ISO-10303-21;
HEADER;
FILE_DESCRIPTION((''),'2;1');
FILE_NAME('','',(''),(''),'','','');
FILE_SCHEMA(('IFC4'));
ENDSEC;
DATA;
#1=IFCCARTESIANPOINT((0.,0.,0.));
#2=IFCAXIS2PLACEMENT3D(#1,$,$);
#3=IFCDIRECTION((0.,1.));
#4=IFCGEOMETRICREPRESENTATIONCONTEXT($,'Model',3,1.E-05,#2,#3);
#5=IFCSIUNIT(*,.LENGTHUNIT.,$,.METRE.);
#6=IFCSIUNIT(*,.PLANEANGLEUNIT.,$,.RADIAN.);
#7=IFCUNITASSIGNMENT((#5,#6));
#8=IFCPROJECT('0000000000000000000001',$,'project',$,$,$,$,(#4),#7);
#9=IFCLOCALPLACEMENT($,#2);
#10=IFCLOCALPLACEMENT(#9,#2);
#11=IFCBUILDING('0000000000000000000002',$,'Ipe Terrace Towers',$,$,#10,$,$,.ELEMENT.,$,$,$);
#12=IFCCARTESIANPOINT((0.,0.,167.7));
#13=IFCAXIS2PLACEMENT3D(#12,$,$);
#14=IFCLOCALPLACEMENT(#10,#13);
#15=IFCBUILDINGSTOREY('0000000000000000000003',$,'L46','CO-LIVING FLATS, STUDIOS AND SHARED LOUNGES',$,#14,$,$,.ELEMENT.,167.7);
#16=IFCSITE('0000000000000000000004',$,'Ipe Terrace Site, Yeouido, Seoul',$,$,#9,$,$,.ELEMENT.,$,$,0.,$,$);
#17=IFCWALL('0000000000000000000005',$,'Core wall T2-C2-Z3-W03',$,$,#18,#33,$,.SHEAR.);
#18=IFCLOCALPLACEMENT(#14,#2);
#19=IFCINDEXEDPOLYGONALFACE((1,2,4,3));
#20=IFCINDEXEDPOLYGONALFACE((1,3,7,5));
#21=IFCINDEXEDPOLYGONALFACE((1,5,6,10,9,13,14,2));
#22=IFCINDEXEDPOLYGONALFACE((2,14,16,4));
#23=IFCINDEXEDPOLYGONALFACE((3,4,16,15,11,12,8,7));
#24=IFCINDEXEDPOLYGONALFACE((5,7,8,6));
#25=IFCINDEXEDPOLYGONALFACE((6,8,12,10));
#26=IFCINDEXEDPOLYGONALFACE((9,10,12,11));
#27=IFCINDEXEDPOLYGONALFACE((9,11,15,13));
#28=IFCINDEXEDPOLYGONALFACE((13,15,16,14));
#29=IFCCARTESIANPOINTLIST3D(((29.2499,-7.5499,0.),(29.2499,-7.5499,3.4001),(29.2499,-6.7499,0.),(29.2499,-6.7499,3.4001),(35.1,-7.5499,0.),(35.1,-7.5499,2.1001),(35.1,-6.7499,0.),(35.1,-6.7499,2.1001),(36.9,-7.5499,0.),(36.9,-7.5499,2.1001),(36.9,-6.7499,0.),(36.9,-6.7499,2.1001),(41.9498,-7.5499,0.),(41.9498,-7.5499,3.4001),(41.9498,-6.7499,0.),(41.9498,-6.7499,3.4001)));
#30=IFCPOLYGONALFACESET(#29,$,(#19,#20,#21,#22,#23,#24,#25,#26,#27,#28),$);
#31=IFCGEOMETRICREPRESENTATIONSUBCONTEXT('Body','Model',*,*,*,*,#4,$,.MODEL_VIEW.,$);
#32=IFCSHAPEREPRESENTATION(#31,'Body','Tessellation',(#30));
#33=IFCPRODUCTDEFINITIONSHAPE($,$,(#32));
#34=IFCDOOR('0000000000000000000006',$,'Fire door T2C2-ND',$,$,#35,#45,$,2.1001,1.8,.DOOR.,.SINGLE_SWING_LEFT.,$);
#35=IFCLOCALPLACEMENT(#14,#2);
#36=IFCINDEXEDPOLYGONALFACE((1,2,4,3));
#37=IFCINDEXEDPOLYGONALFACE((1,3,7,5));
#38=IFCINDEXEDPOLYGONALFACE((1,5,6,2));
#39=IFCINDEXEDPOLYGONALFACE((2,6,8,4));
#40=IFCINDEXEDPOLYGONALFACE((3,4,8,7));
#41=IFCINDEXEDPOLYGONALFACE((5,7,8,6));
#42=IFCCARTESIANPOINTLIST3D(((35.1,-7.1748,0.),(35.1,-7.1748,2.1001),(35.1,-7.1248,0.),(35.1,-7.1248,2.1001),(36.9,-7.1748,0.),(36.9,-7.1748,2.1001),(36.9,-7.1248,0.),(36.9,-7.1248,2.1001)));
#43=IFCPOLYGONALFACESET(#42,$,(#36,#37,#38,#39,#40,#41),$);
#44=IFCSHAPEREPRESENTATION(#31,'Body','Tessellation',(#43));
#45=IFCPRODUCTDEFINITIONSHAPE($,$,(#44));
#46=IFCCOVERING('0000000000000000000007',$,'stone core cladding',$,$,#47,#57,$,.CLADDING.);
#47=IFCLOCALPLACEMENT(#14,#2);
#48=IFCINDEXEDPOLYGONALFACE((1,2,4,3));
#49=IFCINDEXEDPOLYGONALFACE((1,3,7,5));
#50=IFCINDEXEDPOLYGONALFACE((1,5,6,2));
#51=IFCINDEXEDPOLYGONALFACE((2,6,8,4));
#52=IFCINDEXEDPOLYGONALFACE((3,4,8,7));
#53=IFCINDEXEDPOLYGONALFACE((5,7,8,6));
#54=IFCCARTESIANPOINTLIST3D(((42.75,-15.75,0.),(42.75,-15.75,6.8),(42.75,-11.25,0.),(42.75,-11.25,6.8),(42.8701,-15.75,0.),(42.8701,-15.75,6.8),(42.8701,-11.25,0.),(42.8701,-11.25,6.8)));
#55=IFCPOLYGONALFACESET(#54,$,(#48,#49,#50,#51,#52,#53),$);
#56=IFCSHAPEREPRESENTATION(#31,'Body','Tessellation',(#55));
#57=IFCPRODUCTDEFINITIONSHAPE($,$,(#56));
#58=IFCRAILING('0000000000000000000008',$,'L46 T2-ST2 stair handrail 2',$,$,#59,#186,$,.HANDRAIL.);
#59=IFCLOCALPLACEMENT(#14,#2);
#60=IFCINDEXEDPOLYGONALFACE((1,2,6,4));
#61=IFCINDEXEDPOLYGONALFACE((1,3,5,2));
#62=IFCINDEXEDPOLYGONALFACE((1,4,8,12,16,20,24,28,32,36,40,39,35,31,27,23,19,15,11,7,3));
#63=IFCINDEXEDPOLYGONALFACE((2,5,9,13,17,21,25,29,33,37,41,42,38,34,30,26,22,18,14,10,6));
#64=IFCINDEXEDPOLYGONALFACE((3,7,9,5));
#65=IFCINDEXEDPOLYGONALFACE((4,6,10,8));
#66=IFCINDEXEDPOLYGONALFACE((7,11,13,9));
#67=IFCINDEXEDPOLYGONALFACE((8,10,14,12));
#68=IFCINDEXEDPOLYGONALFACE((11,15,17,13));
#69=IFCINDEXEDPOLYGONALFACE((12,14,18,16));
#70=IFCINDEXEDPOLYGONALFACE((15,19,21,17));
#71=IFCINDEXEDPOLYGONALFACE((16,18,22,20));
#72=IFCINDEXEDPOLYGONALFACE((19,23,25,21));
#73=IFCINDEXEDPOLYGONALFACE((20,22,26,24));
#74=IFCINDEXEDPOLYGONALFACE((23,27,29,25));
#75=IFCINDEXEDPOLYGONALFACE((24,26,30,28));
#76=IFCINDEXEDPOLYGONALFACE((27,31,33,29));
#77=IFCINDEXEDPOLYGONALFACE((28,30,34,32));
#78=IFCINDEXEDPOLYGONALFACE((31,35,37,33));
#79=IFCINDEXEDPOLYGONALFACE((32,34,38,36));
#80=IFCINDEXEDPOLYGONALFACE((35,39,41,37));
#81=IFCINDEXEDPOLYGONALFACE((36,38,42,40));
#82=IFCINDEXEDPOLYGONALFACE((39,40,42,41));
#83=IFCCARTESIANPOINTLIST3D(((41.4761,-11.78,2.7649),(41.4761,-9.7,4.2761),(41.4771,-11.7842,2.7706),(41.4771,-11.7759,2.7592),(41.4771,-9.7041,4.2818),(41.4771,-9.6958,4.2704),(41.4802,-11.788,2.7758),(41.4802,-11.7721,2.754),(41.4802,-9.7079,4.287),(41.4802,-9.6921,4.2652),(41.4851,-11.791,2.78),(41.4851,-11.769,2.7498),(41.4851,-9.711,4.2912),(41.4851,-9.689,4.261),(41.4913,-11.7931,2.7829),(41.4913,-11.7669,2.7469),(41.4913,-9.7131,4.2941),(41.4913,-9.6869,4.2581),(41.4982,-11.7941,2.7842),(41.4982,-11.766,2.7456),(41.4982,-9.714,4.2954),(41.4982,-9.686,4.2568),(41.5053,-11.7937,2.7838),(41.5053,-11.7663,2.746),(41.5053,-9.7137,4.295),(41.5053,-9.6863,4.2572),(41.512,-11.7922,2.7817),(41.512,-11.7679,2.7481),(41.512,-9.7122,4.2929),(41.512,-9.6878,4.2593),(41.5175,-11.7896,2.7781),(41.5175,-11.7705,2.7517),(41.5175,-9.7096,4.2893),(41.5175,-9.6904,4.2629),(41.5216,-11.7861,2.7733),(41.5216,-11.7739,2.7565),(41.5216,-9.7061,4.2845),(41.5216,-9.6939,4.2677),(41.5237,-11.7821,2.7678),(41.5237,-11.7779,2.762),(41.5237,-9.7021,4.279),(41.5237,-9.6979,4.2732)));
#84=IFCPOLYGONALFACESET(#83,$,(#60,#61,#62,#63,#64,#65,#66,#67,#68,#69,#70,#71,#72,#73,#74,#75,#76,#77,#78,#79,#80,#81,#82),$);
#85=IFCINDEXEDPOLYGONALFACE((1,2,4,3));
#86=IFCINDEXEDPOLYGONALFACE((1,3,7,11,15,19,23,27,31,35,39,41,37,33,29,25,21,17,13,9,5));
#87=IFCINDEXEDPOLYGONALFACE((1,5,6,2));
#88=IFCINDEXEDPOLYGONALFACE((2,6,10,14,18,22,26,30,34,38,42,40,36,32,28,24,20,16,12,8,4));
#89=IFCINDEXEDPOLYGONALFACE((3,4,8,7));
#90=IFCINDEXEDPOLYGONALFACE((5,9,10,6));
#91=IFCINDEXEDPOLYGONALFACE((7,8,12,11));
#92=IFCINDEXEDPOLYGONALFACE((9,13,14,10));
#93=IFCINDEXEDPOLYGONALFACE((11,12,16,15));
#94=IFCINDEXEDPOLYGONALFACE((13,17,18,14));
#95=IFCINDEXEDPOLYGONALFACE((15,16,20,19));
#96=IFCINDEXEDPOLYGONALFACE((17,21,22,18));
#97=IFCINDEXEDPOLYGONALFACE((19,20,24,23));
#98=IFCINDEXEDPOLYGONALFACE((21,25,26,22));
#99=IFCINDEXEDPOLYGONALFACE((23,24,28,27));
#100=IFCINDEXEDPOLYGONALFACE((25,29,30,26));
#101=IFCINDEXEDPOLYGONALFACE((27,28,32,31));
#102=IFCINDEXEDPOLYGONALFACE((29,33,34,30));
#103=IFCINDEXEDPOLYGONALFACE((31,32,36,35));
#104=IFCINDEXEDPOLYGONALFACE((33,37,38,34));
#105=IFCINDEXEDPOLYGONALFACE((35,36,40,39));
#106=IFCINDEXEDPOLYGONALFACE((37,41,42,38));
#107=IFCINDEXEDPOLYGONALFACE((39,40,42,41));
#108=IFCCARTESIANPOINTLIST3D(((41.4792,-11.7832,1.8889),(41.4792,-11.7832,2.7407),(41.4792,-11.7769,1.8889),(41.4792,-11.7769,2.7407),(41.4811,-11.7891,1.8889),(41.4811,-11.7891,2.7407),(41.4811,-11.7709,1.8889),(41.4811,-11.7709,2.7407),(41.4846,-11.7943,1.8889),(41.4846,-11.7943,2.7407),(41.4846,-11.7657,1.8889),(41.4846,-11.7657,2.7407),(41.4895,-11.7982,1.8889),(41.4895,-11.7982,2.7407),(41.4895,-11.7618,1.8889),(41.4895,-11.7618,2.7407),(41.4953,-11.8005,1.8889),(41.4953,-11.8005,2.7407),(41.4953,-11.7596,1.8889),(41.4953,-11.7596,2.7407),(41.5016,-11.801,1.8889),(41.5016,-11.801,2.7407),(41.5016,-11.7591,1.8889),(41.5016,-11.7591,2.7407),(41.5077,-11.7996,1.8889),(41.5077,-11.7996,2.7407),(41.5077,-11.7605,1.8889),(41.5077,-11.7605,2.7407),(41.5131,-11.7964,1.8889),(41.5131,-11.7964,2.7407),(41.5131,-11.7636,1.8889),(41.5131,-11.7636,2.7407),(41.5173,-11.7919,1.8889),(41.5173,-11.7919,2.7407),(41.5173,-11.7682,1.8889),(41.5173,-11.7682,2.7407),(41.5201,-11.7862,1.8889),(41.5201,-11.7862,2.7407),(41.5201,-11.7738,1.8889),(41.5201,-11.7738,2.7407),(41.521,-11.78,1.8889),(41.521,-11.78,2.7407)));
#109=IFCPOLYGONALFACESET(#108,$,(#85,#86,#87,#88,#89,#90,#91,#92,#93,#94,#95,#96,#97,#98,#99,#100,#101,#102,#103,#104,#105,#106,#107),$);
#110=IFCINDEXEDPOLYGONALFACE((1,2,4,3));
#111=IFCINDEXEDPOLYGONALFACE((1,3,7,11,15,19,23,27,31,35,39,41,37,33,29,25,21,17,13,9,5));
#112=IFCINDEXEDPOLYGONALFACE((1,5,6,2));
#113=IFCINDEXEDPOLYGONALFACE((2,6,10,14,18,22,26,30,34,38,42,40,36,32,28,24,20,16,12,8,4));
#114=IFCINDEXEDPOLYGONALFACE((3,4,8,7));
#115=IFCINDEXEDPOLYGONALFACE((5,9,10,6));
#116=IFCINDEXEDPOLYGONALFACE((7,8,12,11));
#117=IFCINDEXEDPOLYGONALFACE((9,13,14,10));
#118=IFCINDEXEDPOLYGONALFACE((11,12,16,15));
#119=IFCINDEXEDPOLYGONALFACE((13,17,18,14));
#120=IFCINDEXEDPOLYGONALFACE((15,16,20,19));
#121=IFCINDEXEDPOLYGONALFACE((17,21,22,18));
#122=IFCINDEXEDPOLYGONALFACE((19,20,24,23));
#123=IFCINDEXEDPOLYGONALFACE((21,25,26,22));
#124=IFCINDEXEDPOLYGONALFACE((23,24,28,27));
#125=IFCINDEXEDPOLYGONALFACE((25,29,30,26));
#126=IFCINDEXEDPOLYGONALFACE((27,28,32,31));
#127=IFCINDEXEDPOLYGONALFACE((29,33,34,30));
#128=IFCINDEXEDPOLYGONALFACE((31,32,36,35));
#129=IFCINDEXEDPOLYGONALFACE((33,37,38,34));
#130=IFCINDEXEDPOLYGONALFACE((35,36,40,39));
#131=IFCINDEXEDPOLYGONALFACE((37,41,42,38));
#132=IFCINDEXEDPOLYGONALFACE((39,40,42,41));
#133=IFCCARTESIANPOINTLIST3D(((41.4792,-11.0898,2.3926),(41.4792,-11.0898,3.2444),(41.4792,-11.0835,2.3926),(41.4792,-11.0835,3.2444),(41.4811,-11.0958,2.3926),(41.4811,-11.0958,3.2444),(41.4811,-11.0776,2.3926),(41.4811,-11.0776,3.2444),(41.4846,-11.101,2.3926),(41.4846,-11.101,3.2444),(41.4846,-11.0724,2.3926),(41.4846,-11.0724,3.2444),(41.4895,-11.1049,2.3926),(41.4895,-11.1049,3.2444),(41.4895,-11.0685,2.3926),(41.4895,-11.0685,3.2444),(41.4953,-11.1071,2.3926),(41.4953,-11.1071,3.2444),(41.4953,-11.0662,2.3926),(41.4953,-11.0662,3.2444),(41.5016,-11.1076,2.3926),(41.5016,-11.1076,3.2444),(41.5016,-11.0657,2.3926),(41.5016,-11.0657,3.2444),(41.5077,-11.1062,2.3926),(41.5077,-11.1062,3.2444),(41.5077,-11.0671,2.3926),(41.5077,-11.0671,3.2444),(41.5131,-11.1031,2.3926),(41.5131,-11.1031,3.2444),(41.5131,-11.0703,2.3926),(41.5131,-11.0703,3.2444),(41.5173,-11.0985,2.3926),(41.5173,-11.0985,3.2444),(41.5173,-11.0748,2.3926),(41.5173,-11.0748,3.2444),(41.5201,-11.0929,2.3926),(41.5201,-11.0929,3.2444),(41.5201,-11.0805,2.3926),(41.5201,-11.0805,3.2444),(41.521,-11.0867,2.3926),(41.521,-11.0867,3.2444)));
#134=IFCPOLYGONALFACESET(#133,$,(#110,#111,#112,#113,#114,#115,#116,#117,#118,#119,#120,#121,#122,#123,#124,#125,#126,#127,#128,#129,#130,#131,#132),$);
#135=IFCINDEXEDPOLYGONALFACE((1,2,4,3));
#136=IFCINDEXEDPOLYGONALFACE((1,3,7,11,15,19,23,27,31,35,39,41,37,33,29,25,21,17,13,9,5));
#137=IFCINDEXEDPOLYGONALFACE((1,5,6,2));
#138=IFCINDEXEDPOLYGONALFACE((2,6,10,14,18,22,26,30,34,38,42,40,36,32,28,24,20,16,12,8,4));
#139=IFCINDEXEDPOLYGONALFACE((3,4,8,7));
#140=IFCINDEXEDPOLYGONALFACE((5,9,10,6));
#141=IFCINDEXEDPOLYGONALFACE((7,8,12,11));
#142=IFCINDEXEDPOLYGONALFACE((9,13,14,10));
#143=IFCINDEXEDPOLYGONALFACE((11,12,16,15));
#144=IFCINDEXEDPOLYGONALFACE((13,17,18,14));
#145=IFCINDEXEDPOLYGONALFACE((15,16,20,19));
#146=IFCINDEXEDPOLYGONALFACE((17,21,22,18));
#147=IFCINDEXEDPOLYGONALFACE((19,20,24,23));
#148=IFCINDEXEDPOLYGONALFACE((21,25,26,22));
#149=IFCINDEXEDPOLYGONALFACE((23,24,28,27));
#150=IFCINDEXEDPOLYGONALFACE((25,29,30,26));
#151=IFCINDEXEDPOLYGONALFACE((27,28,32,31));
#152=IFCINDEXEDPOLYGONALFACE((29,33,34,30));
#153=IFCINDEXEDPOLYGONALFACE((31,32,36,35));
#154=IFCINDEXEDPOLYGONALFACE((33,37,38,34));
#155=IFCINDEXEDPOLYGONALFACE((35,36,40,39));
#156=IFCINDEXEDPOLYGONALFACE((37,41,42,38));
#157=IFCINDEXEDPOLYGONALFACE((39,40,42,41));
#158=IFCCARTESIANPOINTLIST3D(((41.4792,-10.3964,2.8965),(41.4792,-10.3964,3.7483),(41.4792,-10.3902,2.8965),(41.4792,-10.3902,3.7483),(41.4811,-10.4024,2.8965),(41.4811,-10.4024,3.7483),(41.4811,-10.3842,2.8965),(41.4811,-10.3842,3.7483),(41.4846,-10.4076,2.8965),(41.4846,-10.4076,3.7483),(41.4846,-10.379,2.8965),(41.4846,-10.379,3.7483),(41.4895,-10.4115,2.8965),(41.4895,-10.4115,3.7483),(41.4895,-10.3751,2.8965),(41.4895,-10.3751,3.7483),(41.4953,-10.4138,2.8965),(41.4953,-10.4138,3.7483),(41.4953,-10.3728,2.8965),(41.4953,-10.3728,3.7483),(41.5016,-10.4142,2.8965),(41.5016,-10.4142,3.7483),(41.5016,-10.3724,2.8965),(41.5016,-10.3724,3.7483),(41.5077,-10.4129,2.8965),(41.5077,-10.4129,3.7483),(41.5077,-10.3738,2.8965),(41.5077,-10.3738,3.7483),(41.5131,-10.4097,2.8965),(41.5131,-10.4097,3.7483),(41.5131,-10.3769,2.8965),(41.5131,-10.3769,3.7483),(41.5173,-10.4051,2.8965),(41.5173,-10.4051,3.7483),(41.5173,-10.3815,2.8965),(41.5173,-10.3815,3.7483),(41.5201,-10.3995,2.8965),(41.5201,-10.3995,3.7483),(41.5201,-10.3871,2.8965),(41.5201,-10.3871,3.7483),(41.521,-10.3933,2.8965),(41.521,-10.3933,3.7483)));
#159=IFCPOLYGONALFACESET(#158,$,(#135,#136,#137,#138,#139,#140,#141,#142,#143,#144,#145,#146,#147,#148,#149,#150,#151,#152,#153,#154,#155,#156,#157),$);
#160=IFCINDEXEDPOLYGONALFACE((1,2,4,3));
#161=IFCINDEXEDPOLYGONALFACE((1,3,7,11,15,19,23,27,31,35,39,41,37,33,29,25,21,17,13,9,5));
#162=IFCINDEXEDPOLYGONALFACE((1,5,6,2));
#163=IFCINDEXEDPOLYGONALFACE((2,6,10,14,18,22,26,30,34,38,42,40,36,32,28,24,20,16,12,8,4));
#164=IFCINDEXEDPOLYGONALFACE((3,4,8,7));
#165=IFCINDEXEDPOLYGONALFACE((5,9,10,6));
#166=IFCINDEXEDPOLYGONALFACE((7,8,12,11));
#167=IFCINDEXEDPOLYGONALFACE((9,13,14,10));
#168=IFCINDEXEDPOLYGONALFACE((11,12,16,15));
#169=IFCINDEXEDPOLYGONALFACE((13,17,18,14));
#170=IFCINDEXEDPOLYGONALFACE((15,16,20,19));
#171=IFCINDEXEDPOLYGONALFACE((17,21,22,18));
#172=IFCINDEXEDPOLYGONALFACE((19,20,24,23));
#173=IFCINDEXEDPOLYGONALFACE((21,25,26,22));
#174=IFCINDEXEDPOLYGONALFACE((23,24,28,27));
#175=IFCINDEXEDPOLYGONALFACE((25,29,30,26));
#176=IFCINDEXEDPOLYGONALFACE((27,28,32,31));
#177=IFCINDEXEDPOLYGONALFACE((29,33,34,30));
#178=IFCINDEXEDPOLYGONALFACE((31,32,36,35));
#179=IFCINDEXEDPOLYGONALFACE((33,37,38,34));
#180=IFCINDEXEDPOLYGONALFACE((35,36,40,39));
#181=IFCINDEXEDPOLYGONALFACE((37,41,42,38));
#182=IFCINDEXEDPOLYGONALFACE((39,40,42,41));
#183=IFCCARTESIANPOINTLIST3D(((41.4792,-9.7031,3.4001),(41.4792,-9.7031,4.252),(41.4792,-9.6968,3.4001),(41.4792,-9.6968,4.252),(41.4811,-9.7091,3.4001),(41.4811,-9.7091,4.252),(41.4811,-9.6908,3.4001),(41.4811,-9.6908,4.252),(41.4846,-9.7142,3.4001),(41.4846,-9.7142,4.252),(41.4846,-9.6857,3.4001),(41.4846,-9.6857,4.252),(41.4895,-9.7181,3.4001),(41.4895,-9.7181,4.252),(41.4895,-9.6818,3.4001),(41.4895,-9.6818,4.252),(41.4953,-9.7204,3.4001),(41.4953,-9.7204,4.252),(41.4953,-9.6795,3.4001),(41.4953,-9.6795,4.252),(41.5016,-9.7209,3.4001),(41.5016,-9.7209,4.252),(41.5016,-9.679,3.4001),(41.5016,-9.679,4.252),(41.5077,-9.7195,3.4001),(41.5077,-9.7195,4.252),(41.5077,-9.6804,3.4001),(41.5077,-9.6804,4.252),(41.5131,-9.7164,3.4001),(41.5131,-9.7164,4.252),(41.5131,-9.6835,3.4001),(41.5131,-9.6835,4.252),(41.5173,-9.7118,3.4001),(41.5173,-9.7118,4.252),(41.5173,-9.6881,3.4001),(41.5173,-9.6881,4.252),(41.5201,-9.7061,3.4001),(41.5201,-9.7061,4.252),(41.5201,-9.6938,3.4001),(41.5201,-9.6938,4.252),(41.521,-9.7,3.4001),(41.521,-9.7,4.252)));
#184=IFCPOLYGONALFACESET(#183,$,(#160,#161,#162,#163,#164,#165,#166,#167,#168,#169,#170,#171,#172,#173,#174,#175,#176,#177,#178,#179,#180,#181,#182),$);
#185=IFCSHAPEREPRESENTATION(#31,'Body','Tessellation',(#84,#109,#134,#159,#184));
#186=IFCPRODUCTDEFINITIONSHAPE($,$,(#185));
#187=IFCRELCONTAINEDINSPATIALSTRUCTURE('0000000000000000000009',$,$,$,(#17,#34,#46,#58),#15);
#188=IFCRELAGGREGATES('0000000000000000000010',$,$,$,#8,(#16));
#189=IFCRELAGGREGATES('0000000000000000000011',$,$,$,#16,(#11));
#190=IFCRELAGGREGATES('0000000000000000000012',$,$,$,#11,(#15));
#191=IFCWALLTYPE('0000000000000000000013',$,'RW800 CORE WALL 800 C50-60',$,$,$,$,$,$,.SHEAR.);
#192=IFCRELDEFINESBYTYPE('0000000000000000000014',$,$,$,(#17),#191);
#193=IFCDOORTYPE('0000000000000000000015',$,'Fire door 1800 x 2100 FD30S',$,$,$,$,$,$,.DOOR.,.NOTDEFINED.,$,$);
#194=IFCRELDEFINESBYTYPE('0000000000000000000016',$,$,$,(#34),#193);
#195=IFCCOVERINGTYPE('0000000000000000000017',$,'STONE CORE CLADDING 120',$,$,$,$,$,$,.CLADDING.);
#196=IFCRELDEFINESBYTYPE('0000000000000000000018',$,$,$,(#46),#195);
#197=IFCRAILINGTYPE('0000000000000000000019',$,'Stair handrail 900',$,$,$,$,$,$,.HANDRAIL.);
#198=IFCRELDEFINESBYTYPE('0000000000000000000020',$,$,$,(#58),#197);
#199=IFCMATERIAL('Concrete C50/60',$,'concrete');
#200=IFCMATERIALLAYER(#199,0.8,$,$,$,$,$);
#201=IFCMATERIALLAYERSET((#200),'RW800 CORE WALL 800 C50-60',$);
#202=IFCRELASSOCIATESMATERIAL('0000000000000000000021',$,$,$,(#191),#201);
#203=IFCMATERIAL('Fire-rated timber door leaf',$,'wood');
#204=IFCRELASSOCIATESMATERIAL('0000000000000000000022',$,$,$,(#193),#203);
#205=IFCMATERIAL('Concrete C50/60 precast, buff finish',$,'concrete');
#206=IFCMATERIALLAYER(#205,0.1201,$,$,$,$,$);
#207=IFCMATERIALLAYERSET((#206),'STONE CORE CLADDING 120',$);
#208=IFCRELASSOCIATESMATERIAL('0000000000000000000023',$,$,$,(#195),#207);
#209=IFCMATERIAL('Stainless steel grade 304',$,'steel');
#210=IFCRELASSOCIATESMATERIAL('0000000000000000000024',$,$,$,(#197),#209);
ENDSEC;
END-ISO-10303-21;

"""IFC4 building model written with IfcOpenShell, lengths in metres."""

from ifc_helpers import new_model, si_unit, direction, frame, frame_2d, origin, origin_2d, place, context, subcontext, project, spatial, rectangle, circle, extrude, material, layer, layer_set, type_object, element, fill, save


model = new_model("IFC4")

# Units and contexts
model_context = context("Model", 3, precision=1e-05, world=origin(), true_north=direction((0.0, 1.0)))
body_context = subcontext(model_context, "Body", "Model", "MODEL_VIEW")
ifc_project = project(units=[si_unit("LENGTHUNIT", "METRE"), si_unit("PLANEANGLEUNIT", "RADIAN")], contexts=[model_context])

# Site, building, storey
site_placement = place(None, origin())
site = spatial("IfcSite", under=ifc_project, at=site_placement, Name="Ipe Terrace Site, Yeouido, Seoul", CompositionType="ELEMENT", RefElevation=0.0)
building_placement = place(site_placement, origin())
building = spatial("IfcBuilding", under=site, at=building_placement, Name="Ipe Terrace Towers", CompositionType="ELEMENT")
storey_placement = place(building_placement, frame((0.0, 0.0, 167.7)))
storey = spatial("IfcBuildingStorey", under=building, at=storey_placement, Name="L46", Description="CO-LIVING FLATS, STUDIOS AND SHARED LOUNGES", CompositionType="ELEMENT", Elevation=167.7)

# Shared definitions
ifc_material_1 = material(Name="Concrete C50/60", Category="concrete")
ifc_layer_1 = layer(ifc_material_1, 0.8)
ifc_layer_set_1 = layer_set([ifc_layer_1], Name="RW800 CORE WALL 800 C50-60")
wall_type_1 = type_object("IfcWallType", Name="RW800 CORE WALL 800 C50-60", PredefinedType="SHEAR", material=ifc_layer_set_1)

# Wall, opening, door
wall_1_placement = place(storey_placement, frame((41.95, -7.1499, 0.0), z_axis=(0.0, 0.0, 1.0), x_axis=(-1.0, 0.0, 0.0)))
wall_1 = element("IfcWall", 1, at=wall_1_placement, inside=storey, type_object=wall_type_1, Name="Core wall T2-C2-Z3-W03", PredefinedType="SHEAR", context=body_context, shape_type="SweptSolid", body=[
    extrude(rectangle(XDim=12.7, YDim=0.8, at=frame_2d((6.3501, 0.0))), origin(), (0.0, 0.0, 1.0), 3.4001),
])
opening_1_placement = place(wall_1_placement, frame((5.05, 0.0, 0.0)))
opening_1 = element("IfcOpeningElement", 2, at=opening_1_placement, cuts=wall_1, PredefinedType="OPENING", context=body_context, shape_type="SweptSolid", body=[
    extrude(rectangle(XDim=1.8, YDim=2.1001, at=frame_2d((0.8999, 1.05))), frame((0.0, 0.4102, 0.0), z_axis=(0.0, -1.0, 0.0), x_axis=(1.0, 0.0, 0.0)), (0.0, 0.0, 1.0), 0.8201),
])
ifc_material_2 = material(Name="Fire-rated timber door leaf", Category="wood")
door_type_1 = type_object("IfcDoorType", Name="Fire door 1800 x 2100 FD30S", OperationType="NOTDEFINED", PredefinedType="DOOR", material=ifc_material_2)
door_1_placement = place(opening_1_placement, origin())
door_1 = element("IfcDoor", 3, at=door_1_placement, inside=storey, type_object=door_type_1, Name="Fire door T2C2-ND", OperationType="SINGLE_SWING_LEFT", OverallHeight=2.1001, OverallWidth=1.8, PredefinedType="DOOR", context=body_context, shape_type="SweptSolid", body=[
    extrude(rectangle(XDim=1.8, YDim=2.1001, at=frame_2d((0.8999, 1.05))), frame((0.0, 0.0249, 0.0), z_axis=(0.0, -1.0, 0.0), x_axis=(1.0, 0.0, 0.0)), (0.0, 0.0, 1.0), 0.05),
])
fill(opening_1, door_1)

# Covering
ifc_material_3 = material(Name="Concrete C50/60 precast, buff finish", Category="concrete")
ifc_layer_2 = layer(ifc_material_3, 0.1201)
ifc_layer_set_2 = layer_set([ifc_layer_2], Name="STONE CORE CLADDING 120")
covering_type = type_object("IfcCoveringType", Name="STONE CORE CLADDING 120", PredefinedType="CLADDING", material=ifc_layer_set_2)
covering_placement = place(storey_placement, frame((42.8101, -13.5, 0.0), z_axis=(0.0, 0.0, 1.0), x_axis=(0.0, 1.0, 0.0)))
element("IfcCovering", 4, at=covering_placement, inside=storey, type_object=covering_type, Name="stone core cladding", PredefinedType="CLADDING", context=body_context, shape_type="SweptSolid", body=[
    extrude(rectangle(XDim=4.5, YDim=0.1201, at=origin_2d()), origin(), (0.0, 0.0, 1.0), 6.8),
])

# Railing
ifc_material_4 = material(Name="Stainless steel grade 304", Category="steel")
railing_type = type_object("IfcRailingType", Name="Stair handrail 900", PredefinedType="HANDRAIL", material=ifc_material_4)
railing_placement = place(storey_placement, frame((41.5, -11.78, 1.8889)))
element("IfcRailing", 5, at=railing_placement, inside=storey, type_object=railing_type, Name="L46 T2-ST2 stair handrail 2", PredefinedType="HANDRAIL", context=body_context, shape_type="SweptSolid", body=[
    extrude(circle(Radius=0.0239, at=origin_2d()), frame((0.0, 0.0, 0.876), z_axis=(0.0, 0.809023, 0.587776), x_axis=(-1.0, 0.0, 0.0)), (0.0, 0.0, 1.0), 2.571),
    extrude(circle(Radius=0.021, at=origin_2d()), origin(), (0.0, 0.0, 1.0), 0.8518),
    extrude(circle(Radius=0.021, at=origin_2d()), frame((0.0, 0.6934, 0.5037)), (0.0, 0.0, 1.0), 0.8518),
    extrude(circle(Radius=0.021, at=origin_2d()), frame((0.0, 1.3867, 1.0076)), (0.0, 0.0, 1.0), 0.8518),
    extrude(circle(Radius=0.021, at=origin_2d()), frame((0.0, 2.0801, 1.5112)), (0.0, 0.0, 1.0), 0.8518),
])

save(model, "model.ifc")
